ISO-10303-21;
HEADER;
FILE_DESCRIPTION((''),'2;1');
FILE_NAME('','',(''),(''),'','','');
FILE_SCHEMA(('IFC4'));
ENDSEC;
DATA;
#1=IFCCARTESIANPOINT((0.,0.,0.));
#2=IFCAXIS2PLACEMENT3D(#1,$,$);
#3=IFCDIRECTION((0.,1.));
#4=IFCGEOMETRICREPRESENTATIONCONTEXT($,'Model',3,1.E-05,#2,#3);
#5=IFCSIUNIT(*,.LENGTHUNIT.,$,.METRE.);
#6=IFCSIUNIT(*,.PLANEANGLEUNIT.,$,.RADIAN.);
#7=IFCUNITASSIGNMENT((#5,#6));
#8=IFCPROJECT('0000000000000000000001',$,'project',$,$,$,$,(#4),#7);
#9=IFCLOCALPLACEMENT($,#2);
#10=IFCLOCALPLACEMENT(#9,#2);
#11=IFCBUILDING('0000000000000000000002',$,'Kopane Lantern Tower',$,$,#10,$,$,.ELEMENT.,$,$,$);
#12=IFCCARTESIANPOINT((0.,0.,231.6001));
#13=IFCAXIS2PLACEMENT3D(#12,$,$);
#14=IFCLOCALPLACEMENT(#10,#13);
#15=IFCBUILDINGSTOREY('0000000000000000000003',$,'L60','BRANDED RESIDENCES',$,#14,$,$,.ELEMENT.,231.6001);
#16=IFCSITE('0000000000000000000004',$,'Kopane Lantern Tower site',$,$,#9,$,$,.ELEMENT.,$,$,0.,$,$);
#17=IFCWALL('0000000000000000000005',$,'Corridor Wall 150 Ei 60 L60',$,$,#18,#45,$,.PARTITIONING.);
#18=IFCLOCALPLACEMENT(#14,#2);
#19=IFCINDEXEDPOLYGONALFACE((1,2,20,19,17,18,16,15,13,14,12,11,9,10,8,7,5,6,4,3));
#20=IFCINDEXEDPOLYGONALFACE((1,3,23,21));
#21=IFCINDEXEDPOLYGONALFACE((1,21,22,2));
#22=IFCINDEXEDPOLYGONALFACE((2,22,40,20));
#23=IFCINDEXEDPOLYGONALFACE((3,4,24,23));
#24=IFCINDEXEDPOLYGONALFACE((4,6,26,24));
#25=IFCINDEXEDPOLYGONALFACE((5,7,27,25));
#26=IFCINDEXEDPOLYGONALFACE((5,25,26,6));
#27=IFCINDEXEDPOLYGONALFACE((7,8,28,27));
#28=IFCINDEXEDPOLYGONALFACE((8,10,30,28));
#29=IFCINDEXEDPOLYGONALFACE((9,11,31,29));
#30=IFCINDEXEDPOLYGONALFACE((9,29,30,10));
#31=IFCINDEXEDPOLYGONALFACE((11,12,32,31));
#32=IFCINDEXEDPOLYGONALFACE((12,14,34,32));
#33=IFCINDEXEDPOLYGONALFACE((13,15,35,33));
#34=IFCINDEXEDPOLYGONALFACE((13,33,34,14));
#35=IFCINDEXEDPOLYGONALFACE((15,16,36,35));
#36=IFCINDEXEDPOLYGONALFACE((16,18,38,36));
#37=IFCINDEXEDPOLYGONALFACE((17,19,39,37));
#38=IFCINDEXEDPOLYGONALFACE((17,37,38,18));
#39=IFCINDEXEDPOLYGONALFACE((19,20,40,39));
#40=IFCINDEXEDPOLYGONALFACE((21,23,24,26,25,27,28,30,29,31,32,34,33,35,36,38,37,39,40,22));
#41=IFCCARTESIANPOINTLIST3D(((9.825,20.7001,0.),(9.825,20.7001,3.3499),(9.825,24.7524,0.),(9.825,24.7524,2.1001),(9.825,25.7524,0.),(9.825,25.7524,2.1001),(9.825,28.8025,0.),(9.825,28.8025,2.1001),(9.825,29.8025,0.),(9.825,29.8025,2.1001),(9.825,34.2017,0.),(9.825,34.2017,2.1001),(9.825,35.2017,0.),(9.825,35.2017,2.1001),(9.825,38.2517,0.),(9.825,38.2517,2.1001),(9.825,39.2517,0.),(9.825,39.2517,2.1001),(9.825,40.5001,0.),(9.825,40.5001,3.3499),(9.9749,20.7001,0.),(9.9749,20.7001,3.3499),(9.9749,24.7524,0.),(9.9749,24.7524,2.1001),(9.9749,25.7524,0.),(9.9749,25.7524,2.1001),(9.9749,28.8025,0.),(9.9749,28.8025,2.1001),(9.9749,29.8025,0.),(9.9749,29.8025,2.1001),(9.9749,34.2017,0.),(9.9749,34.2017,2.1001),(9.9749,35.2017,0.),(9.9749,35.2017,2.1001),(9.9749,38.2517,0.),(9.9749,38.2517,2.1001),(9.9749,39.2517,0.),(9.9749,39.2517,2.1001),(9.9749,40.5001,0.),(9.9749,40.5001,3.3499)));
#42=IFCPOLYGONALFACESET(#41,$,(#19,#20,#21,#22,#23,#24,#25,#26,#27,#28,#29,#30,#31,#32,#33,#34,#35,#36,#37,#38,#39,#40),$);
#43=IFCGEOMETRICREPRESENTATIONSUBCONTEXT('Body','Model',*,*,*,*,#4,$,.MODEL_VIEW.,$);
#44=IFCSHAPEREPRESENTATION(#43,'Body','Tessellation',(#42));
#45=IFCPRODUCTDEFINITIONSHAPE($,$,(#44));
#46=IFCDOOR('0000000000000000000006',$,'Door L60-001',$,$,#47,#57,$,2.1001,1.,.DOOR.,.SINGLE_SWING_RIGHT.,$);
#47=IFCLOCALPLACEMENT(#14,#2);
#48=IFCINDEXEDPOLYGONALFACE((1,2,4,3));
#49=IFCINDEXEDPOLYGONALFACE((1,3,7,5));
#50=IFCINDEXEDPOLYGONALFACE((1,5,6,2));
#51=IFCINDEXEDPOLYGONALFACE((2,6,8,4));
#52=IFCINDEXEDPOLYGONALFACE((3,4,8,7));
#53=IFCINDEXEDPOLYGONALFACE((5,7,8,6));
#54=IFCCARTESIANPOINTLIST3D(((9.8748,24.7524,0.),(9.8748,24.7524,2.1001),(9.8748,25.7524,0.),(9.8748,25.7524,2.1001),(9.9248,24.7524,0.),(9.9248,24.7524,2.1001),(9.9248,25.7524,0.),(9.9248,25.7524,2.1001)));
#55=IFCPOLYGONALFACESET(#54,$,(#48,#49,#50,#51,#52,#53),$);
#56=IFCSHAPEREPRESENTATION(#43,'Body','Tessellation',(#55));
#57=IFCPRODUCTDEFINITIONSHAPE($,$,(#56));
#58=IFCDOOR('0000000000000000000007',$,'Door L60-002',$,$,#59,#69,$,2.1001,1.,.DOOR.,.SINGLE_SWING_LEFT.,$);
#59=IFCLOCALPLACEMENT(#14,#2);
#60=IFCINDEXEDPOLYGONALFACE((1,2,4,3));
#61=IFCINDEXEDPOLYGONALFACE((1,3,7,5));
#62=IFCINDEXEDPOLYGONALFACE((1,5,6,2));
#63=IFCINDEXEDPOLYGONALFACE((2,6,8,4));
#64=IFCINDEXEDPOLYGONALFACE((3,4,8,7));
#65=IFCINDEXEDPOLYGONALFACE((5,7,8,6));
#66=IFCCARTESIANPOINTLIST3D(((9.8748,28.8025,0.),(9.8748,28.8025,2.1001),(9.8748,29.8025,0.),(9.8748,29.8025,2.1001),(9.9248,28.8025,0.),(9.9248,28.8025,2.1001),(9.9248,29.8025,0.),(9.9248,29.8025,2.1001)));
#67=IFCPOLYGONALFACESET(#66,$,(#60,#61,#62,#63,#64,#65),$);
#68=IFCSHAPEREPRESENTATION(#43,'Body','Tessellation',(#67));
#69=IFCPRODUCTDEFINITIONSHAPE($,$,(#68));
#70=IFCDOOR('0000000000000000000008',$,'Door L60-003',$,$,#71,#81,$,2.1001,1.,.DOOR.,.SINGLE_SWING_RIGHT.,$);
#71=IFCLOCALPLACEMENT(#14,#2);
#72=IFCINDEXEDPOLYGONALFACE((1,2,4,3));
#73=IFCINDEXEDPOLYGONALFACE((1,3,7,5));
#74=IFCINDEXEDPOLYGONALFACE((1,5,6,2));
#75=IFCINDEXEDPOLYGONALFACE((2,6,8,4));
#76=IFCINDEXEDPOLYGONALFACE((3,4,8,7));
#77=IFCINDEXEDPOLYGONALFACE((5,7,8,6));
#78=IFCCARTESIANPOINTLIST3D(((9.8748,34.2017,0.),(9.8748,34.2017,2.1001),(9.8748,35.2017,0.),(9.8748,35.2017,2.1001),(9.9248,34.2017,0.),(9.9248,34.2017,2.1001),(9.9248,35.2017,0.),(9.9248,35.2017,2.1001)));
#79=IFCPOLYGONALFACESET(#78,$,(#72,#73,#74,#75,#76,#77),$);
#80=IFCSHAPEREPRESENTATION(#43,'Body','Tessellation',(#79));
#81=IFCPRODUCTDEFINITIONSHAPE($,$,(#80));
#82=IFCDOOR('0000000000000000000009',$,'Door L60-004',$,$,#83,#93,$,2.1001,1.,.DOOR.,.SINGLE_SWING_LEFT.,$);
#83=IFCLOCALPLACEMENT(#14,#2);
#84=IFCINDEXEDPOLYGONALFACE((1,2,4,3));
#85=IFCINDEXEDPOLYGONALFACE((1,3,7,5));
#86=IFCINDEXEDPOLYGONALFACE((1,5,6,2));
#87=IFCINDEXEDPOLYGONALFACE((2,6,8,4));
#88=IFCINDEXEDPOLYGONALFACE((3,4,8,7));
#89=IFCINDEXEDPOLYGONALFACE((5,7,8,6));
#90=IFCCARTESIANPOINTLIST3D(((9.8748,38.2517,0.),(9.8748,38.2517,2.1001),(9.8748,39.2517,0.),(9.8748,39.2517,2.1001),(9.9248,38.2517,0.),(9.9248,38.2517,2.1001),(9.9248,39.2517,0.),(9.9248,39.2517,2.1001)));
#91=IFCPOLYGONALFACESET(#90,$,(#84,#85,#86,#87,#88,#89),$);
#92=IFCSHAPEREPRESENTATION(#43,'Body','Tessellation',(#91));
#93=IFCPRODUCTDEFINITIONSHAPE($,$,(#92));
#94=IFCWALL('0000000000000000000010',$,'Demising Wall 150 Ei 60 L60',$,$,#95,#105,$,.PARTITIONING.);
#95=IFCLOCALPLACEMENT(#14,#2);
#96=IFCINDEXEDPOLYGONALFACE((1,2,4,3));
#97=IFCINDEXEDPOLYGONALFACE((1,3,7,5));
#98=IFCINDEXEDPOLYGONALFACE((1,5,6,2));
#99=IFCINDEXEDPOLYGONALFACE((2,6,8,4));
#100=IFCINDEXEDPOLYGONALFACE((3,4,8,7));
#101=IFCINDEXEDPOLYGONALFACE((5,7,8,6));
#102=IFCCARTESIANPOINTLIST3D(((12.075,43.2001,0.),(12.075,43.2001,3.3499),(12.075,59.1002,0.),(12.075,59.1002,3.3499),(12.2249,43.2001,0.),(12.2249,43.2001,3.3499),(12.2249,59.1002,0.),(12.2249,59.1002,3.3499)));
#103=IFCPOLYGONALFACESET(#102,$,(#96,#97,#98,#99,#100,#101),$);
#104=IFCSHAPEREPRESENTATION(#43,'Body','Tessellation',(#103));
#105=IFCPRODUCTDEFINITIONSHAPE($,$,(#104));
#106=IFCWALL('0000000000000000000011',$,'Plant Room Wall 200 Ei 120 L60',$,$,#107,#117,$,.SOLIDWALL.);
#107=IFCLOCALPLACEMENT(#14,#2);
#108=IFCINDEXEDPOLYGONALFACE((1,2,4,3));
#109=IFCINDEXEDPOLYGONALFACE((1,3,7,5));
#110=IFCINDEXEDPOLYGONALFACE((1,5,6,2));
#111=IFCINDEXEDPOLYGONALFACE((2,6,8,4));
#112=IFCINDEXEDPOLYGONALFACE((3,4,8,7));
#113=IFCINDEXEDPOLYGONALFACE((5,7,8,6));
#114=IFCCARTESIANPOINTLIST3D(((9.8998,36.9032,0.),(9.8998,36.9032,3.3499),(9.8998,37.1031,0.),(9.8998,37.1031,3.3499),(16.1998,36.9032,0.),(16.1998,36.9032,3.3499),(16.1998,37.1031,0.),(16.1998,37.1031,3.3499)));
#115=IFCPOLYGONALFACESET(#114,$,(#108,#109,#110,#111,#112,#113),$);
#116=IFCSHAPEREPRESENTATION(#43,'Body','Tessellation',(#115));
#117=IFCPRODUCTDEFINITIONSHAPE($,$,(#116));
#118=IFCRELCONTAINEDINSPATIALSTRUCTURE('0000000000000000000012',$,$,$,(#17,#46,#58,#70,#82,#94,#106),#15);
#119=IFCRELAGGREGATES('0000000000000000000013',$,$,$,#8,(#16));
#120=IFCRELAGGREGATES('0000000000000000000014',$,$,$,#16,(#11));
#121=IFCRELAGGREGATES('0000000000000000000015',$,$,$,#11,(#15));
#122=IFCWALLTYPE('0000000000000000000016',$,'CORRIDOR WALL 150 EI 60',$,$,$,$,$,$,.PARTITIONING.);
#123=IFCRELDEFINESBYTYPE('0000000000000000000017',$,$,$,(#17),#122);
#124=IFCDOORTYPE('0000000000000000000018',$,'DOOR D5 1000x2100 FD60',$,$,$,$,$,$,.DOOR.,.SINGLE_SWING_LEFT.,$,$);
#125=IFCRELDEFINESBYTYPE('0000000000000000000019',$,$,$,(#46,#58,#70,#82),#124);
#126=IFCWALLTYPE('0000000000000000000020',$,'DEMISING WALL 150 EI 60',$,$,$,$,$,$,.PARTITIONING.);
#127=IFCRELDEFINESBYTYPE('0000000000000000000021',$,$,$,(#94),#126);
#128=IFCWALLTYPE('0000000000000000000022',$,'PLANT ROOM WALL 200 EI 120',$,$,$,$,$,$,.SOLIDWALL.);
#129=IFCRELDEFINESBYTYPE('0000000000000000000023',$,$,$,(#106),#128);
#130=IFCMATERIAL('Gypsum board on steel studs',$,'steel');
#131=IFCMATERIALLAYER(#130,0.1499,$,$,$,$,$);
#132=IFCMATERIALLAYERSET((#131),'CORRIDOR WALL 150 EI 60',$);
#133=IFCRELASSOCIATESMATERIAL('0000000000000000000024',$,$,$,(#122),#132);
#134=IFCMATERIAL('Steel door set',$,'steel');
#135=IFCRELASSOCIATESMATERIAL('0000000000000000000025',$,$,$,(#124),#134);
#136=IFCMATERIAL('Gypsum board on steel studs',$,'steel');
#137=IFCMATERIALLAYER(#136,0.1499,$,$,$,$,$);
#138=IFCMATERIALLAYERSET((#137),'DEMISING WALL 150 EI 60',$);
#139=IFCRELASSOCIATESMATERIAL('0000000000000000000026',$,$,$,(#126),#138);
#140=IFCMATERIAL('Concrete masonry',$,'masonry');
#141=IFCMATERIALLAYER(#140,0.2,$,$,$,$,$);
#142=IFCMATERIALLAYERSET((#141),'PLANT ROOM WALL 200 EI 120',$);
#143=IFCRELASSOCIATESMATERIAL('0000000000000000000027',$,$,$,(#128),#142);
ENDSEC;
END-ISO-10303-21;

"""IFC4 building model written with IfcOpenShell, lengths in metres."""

from ifc_helpers import new_model, si_unit, direction, frame, frame_2d, origin, place, context, subcontext, project, spatial, rectangle, extrude, material, layer, layer_set, type_object, element, fill, save


model = new_model("IFC4")

# Units and contexts
model_context = context("Model", 3, precision=1e-05, world=origin(), true_north=direction((0.0, 1.0)))
body_context = subcontext(model_context, "Body", "Model", "MODEL_VIEW")
ifc_project = project(units=[si_unit("LENGTHUNIT", "METRE"), si_unit("PLANEANGLEUNIT", "RADIAN")], contexts=[model_context])

# Site, building, storey
site_placement = place(None, origin())
site = spatial("IfcSite", under=ifc_project, at=site_placement, Name="Kopane Lantern Tower site", CompositionType="ELEMENT", RefElevation=0.0)
building_placement = place(site_placement, origin())
building = spatial("IfcBuilding", under=site, at=building_placement, Name="Kopane Lantern Tower", CompositionType="ELEMENT")
storey_placement = place(building_placement, frame((0.0, 0.0, 231.6001)))
storey = spatial("IfcBuildingStorey", under=building, at=storey_placement, Name="L60", Description="BRANDED RESIDENCES", CompositionType="ELEMENT", Elevation=231.6001)

# Shared definitions
ifc_material_1 = material(Name="Gypsum board on steel studs", Category="steel")
ifc_layer_1 = layer(ifc_material_1, 0.1499)
ifc_layer_set_1 = layer_set([ifc_layer_1], Name="CORRIDOR WALL 150 EI 60")
wall_type_1 = type_object("IfcWallType", Name="CORRIDOR WALL 150 EI 60", PredefinedType="PARTITIONING", material=ifc_layer_set_1)

# Wall, openings, doors
wall_1_placement = place(storey_placement, frame((9.8999, 40.5, 0.0), z_axis=(0.0, 0.0, 1.0), x_axis=(0.0, -1.0, 0.0)))
wall_1 = element("IfcWall", 1, at=wall_1_placement, inside=storey, type_object=wall_type_1, Name="Corridor Wall 150 Ei 60 L60", PredefinedType="PARTITIONING", context=body_context, shape_type="SweptSolid", body=[
    extrude(rectangle(XDim=19.8, YDim=0.1499, at=frame_2d((9.8999, 0.0))), origin(), (0.0, 0.0, 1.0), 3.3499),
])
opening_1_placement = place(wall_1_placement, frame((14.7476, 0.0, 0.0)))
opening_1 = element("IfcOpeningElement", 2, at=opening_1_placement, cuts=wall_1, PredefinedType="OPENING", context=body_context, shape_type="SweptSolid", body=[
    extrude(rectangle(XDim=1.0, YDim=2.1001, at=frame_2d((0.5, 1.05))), frame((0.0, 0.085, 0.0), z_axis=(0.0, -1.0, 0.0), x_axis=(1.0, 0.0, 0.0)), (0.0, 0.0, 1.0), 0.1699),
])
opening_2_placement = place(wall_1_placement, frame((10.6975, 0.0, 0.0)))
opening_2 = element("IfcOpeningElement", 3, at=opening_2_placement, cuts=wall_1, PredefinedType="OPENING", context=body_context, shape_type="SweptSolid", body=[
    extrude(rectangle(XDim=1.0, YDim=2.1001, at=frame_2d((0.5, 1.05))), frame((0.0, 0.085, 0.0), z_axis=(0.0, -1.0, 0.0), x_axis=(1.0, 0.0, 0.0)), (0.0, 0.0, 1.0), 0.1699),
])
opening_3_placement = place(wall_1_placement, frame((5.2983, 0.0, 0.0)))
opening_3 = element("IfcOpeningElement", 4, at=opening_3_placement, cuts=wall_1, PredefinedType="OPENING", context=body_context, shape_type="SweptSolid", body=[
    extrude(rectangle(XDim=1.0, YDim=2.1001, at=frame_2d((0.5, 1.05))), frame((0.0, 0.085, 0.0), z_axis=(0.0, -1.0, 0.0), x_axis=(1.0, 0.0, 0.0)), (0.0, 0.0, 1.0), 0.1699),
])
opening_4_placement = place(wall_1_placement, frame((1.2483, 0.0, 0.0)))
opening_4 = element("IfcOpeningElement", 5, at=opening_4_placement, cuts=wall_1, PredefinedType="OPENING", context=body_context, shape_type="SweptSolid", body=[
    extrude(rectangle(XDim=1.0, YDim=2.1001, at=frame_2d((0.5, 1.05))), frame((0.0, 0.085, 0.0), z_axis=(0.0, -1.0, 0.0), x_axis=(1.0, 0.0, 0.0)), (0.0, 0.0, 1.0), 0.1699),
])
ifc_material_2 = material(Name="Steel door set", Category="steel")
door_type_1 = type_object("IfcDoorType", Name="DOOR D5 1000x2100 FD60", OperationType="SINGLE_SWING_LEFT", PredefinedType="DOOR", material=ifc_material_2)
door_1_placement = place(opening_1_placement, origin())
door_1 = element("IfcDoor", 6, at=door_1_placement, inside=storey, type_object=door_type_1, Name="Door L60-001", OperationType="SINGLE_SWING_RIGHT", OverallHeight=2.1001, OverallWidth=1.0, PredefinedType="DOOR", context=body_context, shape_type="SweptSolid", body=[
    extrude(rectangle(XDim=1.0, YDim=2.1001, at=frame_2d((0.5, 1.05))), frame((0.0, 0.0249, 0.0), z_axis=(0.0, -1.0, 0.0), x_axis=(1.0, 0.0, 0.0)), (0.0, 0.0, 1.0), 0.05),
])
fill(opening_1, door_1)
door_2_placement = place(opening_2_placement, origin())
door_2 = element("IfcDoor", 7, at=door_2_placement, inside=storey, type_object=door_type_1, Name="Door L60-002", OperationType="SINGLE_SWING_LEFT", OverallHeight=2.1001, OverallWidth=1.0, PredefinedType="DOOR", context=body_context, shape_type="SweptSolid", body=[
    extrude(rectangle(XDim=1.0, YDim=2.1001, at=frame_2d((0.5, 1.05))), frame((0.0, 0.0249, 0.0), z_axis=(0.0, -1.0, 0.0), x_axis=(1.0, 0.0, 0.0)), (0.0, 0.0, 1.0), 0.05),
])
fill(opening_2, door_2)
door_3_placement = place(opening_3_placement, origin())
door_3 = element("IfcDoor", 8, at=door_3_placement, inside=storey, type_object=door_type_1, Name="Door L60-003", OperationType="SINGLE_SWING_RIGHT", OverallHeight=2.1001, OverallWidth=1.0, PredefinedType="DOOR", context=body_context, shape_type="SweptSolid", body=[
    extrude(rectangle(XDim=1.0, YDim=2.1001, at=frame_2d((0.5, 1.05))), frame((0.0, 0.0249, 0.0), z_axis=(0.0, -1.0, 0.0), x_axis=(1.0, 0.0, 0.0)), (0.0, 0.0, 1.0), 0.05),
])
fill(opening_3, door_3)
door_4_placement = place(opening_4_placement, origin())
door_4 = element("IfcDoor", 9, at=door_4_placement, inside=storey, type_object=door_type_1, Name="Door L60-004", OperationType="SINGLE_SWING_LEFT", OverallHeight=2.1001, OverallWidth=1.0, PredefinedType="DOOR", context=body_context, shape_type="SweptSolid", body=[
    extrude(rectangle(XDim=1.0, YDim=2.1001, at=frame_2d((0.5, 1.05))), frame((0.0, 0.0249, 0.0), z_axis=(0.0, -1.0, 0.0), x_axis=(1.0, 0.0, 0.0)), (0.0, 0.0, 1.0), 0.05),
])
fill(opening_4, door_4)

# Walls
ifc_material_3 = material(Name="Gypsum board on steel studs", Category="steel")
ifc_layer_2 = layer(ifc_material_3, 0.1499)
ifc_layer_set_2 = layer_set([ifc_layer_2], Name="DEMISING WALL 150 EI 60")
wall_type_2 = type_object("IfcWallType", Name="DEMISING WALL 150 EI 60", PredefinedType="PARTITIONING", material=ifc_layer_set_2)
wall_2_placement = place(storey_placement, frame((12.1499, 43.2, 0.0), z_axis=(0.0, 0.0, 1.0), x_axis=(0.0, 1.0, 0.0)))
element("IfcWall", 10, at=wall_2_placement, inside=storey, type_object=wall_type_2, Name="Demising Wall 150 Ei 60 L60", PredefinedType="PARTITIONING", context=body_context, shape_type="SweptSolid", body=[
    extrude(rectangle(XDim=15.9001, YDim=0.1499, at=frame_2d((7.9502, 0.0))), origin(), (0.0, 0.0, 1.0), 3.3499),
])
ifc_material_4 = material(Name="Concrete masonry", Category="masonry")
ifc_layer_3 = layer(ifc_material_4, 0.2)
ifc_layer_set_3 = layer_set([ifc_layer_3], Name="PLANT ROOM WALL 200 EI 120")
wall_type_3 = type_object("IfcWallType", Name="PLANT ROOM WALL 200 EI 120", PredefinedType="SOLIDWALL", material=ifc_layer_set_3)
wall_3_placement = place(storey_placement, frame((9.8999, 37.0032, 0.0), z_axis=(0.0, 0.0, 1.0), x_axis=(1.0, 0.0, 0.0)))
element("IfcWall", 11, at=wall_3_placement, inside=storey, type_object=wall_type_3, Name="Plant Room Wall 200 Ei 120 L60", PredefinedType="SOLIDWALL", context=body_context, shape_type="SweptSolid", body=[
    extrude(rectangle(XDim=6.3, YDim=0.2, at=frame_2d((3.1499, 0.0))), origin(), (0.0, 0.0, 1.0), 3.3499),
])

save(model, "model.ifc")
